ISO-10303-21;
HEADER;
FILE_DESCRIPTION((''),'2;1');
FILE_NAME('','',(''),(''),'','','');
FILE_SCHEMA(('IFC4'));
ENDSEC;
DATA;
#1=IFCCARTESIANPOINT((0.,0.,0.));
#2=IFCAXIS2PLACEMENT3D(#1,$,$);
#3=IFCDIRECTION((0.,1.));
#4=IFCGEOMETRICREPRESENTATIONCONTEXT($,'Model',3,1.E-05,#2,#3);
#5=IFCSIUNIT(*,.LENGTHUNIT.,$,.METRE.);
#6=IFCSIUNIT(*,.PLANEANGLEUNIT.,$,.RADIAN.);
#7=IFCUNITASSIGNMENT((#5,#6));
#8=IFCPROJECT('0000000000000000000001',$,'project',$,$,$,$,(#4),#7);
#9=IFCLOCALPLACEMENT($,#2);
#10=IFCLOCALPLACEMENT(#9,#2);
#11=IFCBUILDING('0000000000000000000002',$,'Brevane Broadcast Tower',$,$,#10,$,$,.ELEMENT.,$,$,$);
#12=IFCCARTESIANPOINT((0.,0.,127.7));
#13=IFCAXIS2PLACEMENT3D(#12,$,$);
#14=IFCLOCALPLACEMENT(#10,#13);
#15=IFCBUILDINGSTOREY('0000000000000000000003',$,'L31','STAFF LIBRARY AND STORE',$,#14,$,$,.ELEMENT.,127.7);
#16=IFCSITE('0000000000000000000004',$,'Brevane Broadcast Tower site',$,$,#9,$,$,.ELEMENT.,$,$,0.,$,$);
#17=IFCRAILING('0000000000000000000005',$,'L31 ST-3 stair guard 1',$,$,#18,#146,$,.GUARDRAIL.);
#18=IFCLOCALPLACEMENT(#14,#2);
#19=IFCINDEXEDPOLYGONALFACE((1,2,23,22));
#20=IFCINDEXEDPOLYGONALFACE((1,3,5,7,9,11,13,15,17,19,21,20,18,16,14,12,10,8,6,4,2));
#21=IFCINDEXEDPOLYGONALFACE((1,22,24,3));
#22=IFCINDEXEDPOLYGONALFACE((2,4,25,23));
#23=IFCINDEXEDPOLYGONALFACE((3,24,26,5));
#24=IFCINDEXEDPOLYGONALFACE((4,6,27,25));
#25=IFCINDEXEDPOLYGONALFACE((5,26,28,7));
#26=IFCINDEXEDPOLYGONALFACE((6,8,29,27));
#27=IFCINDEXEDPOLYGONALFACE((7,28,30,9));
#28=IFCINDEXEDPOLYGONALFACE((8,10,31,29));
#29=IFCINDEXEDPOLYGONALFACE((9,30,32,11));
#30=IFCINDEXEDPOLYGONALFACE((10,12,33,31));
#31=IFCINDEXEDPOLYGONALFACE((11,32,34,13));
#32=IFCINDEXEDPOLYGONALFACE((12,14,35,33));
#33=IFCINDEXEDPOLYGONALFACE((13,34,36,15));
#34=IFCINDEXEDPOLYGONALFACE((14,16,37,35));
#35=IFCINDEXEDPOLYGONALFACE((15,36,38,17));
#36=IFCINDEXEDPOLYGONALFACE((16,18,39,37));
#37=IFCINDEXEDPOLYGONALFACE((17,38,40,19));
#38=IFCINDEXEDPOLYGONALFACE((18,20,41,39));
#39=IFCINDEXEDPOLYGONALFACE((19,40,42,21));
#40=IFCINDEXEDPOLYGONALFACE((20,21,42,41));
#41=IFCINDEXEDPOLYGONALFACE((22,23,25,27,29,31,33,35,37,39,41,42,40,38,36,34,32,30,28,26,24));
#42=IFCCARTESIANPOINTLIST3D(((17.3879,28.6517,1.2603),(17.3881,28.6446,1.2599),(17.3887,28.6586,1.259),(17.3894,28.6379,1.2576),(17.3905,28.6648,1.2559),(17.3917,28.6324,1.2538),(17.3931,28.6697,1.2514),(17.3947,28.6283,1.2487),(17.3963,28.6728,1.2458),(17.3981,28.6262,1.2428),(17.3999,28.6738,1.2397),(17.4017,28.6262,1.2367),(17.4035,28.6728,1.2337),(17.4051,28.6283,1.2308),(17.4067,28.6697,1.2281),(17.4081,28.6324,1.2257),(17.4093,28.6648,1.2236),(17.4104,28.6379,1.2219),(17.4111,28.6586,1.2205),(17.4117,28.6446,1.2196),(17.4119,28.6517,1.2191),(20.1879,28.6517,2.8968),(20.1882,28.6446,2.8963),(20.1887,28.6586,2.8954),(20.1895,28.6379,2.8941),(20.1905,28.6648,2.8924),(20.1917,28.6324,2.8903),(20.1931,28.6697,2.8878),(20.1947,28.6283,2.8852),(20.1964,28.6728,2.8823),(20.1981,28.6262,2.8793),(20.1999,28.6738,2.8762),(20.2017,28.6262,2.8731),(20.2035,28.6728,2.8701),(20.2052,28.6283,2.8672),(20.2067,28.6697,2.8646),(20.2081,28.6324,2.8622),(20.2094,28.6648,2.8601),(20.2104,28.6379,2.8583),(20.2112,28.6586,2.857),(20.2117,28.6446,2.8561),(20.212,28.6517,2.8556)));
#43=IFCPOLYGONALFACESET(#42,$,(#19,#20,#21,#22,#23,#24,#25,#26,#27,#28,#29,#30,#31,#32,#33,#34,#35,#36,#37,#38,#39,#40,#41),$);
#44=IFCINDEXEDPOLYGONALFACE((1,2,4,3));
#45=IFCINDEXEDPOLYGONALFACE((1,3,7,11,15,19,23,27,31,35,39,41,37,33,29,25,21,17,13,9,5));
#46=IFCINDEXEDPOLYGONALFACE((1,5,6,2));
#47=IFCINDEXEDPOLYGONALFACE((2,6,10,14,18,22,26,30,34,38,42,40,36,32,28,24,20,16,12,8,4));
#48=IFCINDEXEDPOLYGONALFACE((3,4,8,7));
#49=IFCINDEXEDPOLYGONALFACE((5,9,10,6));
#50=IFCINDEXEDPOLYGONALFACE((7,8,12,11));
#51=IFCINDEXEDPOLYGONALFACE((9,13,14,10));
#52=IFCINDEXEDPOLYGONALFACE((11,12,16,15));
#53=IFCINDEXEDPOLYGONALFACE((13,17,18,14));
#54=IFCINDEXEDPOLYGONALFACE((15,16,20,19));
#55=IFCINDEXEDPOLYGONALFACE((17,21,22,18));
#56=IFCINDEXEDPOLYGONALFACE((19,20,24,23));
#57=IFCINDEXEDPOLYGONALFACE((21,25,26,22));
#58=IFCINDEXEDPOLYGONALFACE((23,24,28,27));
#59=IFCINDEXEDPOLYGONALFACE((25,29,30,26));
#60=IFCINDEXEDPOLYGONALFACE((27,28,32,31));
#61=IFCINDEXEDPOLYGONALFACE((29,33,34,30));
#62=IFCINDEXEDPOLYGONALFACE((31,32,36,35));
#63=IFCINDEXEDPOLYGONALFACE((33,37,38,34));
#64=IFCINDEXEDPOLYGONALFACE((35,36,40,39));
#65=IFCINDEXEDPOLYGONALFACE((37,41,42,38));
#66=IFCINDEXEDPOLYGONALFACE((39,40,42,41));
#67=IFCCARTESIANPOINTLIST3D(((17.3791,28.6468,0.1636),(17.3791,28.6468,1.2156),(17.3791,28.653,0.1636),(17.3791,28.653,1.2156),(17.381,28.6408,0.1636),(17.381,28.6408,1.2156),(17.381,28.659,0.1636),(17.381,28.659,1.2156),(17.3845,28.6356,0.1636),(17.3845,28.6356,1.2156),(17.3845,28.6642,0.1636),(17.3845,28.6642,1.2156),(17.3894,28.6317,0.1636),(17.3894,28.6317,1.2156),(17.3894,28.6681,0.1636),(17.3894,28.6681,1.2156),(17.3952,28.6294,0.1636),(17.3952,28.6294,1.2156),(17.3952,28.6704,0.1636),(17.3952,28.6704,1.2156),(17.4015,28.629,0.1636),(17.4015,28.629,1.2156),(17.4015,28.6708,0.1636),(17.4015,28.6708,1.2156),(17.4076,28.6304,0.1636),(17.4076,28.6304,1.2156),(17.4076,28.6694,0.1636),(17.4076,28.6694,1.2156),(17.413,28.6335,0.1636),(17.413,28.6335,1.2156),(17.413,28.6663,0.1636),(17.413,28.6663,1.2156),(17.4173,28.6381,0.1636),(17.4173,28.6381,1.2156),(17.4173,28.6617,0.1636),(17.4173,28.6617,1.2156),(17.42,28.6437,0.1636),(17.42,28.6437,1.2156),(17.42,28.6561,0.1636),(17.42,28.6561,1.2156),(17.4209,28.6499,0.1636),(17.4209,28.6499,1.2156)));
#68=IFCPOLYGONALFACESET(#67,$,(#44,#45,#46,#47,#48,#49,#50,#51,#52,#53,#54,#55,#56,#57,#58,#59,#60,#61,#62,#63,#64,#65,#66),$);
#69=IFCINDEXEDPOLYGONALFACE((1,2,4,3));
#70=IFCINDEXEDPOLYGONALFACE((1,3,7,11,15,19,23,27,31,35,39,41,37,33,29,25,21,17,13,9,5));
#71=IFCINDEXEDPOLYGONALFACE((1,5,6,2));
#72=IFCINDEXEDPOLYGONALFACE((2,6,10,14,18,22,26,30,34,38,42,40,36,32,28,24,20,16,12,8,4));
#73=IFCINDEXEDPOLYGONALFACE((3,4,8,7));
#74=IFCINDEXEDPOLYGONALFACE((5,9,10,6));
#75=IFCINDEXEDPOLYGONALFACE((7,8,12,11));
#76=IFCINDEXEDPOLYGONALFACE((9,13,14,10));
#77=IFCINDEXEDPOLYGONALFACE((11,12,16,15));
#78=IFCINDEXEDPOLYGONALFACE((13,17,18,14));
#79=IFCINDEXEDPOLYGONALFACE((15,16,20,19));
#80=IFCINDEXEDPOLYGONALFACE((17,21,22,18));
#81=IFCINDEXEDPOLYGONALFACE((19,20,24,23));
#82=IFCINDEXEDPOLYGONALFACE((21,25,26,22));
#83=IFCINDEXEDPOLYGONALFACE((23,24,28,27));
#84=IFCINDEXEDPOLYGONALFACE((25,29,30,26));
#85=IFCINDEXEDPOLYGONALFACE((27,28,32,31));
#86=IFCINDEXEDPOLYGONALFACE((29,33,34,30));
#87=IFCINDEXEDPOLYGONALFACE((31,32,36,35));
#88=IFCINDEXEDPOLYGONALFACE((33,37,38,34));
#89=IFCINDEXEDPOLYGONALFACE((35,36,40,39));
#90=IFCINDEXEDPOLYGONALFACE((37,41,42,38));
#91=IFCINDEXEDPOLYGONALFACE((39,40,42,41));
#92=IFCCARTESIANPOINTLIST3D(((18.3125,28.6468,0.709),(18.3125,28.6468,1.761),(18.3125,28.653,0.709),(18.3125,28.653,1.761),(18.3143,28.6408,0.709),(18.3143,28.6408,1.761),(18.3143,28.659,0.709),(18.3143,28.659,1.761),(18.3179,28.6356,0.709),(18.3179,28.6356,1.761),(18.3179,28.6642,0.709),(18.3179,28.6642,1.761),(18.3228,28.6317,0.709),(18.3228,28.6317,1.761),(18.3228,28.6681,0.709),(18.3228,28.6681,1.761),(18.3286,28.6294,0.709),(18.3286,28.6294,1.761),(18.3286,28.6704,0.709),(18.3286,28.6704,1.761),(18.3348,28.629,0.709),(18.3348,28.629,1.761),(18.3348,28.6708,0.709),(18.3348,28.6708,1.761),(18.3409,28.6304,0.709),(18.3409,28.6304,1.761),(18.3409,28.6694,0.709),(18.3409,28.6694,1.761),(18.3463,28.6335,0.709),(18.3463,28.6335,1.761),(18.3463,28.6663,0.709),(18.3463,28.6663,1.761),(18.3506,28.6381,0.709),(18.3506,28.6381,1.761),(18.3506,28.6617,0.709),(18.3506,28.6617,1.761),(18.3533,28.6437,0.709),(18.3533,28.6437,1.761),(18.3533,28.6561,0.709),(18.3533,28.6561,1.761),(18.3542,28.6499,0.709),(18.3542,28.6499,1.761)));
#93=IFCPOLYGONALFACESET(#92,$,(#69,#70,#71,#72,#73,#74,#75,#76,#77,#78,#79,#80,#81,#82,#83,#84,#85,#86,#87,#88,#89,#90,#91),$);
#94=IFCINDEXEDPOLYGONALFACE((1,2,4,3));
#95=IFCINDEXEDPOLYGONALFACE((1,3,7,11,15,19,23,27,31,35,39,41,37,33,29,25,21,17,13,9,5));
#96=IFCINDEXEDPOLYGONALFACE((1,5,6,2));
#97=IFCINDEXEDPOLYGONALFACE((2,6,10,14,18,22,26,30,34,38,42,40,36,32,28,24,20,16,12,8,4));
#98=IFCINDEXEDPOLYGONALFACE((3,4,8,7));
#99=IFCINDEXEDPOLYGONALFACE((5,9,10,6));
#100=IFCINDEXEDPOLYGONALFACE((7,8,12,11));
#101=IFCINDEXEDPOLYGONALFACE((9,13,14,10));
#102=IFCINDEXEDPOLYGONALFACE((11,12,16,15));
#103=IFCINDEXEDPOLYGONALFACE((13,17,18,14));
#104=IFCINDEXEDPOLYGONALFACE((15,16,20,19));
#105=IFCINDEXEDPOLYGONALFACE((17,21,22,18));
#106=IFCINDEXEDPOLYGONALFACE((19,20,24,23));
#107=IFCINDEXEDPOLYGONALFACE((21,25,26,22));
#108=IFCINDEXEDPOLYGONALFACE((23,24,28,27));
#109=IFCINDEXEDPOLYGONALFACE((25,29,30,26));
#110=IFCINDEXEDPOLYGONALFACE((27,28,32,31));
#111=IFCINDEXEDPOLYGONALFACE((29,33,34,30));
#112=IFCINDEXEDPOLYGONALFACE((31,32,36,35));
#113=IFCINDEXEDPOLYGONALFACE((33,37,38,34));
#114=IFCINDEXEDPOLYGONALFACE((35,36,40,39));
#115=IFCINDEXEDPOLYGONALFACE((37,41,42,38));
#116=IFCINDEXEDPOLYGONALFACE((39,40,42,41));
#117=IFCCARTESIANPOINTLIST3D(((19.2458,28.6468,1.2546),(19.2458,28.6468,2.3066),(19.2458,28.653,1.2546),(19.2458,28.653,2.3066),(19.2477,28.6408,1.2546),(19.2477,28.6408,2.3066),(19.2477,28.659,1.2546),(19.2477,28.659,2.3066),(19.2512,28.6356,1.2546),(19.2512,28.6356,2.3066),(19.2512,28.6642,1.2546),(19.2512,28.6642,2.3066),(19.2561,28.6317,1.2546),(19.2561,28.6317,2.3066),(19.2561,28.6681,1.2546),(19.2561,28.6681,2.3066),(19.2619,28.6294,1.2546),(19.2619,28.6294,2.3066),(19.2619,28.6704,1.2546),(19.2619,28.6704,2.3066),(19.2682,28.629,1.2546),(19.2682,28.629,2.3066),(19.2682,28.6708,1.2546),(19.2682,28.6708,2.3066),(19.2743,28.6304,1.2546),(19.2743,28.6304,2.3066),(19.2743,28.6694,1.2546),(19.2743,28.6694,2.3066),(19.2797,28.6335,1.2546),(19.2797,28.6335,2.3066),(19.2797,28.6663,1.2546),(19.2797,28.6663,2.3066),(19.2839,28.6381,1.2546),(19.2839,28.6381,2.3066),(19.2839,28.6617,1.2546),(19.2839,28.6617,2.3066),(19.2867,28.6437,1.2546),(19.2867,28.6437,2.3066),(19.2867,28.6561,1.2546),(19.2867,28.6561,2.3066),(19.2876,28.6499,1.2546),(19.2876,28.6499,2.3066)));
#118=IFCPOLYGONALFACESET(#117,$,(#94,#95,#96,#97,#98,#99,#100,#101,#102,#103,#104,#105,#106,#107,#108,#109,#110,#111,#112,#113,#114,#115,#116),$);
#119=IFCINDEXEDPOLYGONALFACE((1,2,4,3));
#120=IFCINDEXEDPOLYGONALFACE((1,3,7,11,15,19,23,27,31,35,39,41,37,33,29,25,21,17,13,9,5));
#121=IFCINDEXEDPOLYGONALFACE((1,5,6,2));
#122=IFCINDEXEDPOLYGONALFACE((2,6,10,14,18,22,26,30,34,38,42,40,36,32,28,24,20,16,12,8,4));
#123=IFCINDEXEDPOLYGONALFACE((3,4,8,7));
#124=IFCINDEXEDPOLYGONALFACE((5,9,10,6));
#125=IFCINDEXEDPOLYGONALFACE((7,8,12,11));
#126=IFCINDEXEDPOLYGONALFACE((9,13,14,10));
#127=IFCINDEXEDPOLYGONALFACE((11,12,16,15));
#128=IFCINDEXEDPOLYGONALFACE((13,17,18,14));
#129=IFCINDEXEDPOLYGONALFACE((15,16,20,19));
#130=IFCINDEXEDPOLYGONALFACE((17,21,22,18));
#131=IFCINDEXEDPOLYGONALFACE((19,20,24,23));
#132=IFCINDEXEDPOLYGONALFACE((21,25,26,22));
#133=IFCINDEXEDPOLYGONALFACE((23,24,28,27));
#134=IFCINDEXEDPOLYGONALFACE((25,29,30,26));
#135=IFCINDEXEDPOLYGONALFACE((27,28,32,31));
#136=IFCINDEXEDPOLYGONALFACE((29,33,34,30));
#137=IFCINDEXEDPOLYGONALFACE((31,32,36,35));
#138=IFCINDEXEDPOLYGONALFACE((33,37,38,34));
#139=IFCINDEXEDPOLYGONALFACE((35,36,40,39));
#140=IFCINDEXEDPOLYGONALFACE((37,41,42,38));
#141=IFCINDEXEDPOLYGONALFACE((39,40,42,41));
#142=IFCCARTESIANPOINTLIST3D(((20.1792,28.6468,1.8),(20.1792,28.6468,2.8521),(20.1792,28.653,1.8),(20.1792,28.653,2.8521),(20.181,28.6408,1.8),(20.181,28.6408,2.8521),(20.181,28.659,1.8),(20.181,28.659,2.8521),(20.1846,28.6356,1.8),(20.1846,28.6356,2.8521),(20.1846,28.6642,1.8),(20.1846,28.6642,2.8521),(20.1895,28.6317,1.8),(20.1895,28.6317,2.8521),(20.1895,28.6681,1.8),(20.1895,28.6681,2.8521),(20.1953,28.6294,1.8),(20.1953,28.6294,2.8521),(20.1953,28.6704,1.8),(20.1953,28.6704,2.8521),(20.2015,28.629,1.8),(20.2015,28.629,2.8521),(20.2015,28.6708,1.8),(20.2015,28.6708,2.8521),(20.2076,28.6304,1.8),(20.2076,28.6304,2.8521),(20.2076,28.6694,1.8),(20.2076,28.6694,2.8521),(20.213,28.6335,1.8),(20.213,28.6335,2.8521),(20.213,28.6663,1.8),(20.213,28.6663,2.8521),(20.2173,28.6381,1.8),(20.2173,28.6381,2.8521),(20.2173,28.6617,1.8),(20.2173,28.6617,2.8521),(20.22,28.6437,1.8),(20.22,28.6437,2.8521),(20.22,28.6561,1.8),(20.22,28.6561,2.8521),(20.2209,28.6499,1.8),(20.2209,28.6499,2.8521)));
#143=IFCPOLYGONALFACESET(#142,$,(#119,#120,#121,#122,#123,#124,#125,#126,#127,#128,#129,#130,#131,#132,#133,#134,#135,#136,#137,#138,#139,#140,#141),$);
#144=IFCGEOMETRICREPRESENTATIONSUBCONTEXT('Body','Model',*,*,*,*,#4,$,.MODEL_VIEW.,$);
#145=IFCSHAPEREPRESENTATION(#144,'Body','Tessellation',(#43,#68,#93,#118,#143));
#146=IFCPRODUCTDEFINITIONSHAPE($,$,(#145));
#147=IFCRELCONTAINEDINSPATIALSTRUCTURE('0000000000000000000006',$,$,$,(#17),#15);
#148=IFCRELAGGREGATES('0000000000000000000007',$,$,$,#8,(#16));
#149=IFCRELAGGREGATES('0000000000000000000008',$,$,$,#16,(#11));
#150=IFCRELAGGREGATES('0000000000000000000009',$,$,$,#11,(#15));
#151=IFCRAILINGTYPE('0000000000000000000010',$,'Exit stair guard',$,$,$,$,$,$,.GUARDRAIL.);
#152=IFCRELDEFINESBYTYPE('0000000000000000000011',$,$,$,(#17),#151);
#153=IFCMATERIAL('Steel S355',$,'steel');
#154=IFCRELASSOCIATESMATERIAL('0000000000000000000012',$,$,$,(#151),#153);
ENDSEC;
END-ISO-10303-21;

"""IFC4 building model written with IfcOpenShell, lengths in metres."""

from ifc_helpers import new_model, si_unit, direction, frame, origin, origin_2d, place, context, subcontext, project, spatial, circle, extrude, material, type_object, element, save


model = new_model("IFC4")

# Units and contexts
model_context = context("Model", 3, precision=1e-05, world=origin(), true_north=direction((0.0, 1.0)))
body_context = subcontext(model_context, "Body", "Model", "MODEL_VIEW")
ifc_project = project(units=[si_unit("LENGTHUNIT", "METRE"), si_unit("PLANEANGLEUNIT", "RADIAN")], contexts=[model_context])

# Site, building, storey
site_placement = place(None, origin())
site = spatial("IfcSite", under=ifc_project, at=site_placement, Name="Brevane Broadcast Tower site", CompositionType="ELEMENT", RefElevation=0.0)
building_placement = place(site_placement, origin())
building = spatial("IfcBuilding", under=site, at=building_placement, Name="Brevane Broadcast Tower", CompositionType="ELEMENT")
storey_placement = place(building_placement, frame((0.0, 0.0, 127.7)))
storey = spatial("IfcBuildingStorey", under=building, at=storey_placement, Name="L31", Description="STAFF LIBRARY AND STORE", CompositionType="ELEMENT", Elevation=127.7)

# Railing
ifc_material_1 = material(Name="Steel S355", Category="steel")
railing_type_1 = type_object("IfcRailingType", Name="Exit stair guard", PredefinedType="GUARDRAIL", material=ifc_material_1)
railing_1_placement = place(storey_placement, frame((17.3999, 28.6499, 0.1636)))
element("IfcRailing", 1, at=railing_1_placement, inside=storey, type_object=railing_type_1, Name="L31 ST-3 stair guard 1", PredefinedType="GUARDRAIL", context=body_context, shape_type="SweptSolid", body=[
    extrude(circle(Radius=0.0239, at=origin_2d()), frame((0.0, 0.0, 1.0762), z_axis=(0.863361, 0.0, 0.504587), x_axis=(0.0, 1.0, 0.0)), (0.0, 0.0, 1.0), 3.2432),
    extrude(circle(Radius=0.021, at=origin_2d()), origin(), (0.0, 0.0, 1.0), 1.052),
    extrude(circle(Radius=0.021, at=origin_2d()), frame((0.9333, 0.0, 0.5454)), (0.0, 0.0, 1.0), 1.052),
    extrude(circle(Radius=0.021, at=origin_2d()), frame((1.8667, 0.0, 1.0911)), (0.0, 0.0, 1.0), 1.052),
    extrude(circle(Radius=0.021, at=origin_2d()), frame((2.8, 0.0, 1.6365)), (0.0, 0.0, 1.0), 1.052),
])

save(model, "model.ifc")
